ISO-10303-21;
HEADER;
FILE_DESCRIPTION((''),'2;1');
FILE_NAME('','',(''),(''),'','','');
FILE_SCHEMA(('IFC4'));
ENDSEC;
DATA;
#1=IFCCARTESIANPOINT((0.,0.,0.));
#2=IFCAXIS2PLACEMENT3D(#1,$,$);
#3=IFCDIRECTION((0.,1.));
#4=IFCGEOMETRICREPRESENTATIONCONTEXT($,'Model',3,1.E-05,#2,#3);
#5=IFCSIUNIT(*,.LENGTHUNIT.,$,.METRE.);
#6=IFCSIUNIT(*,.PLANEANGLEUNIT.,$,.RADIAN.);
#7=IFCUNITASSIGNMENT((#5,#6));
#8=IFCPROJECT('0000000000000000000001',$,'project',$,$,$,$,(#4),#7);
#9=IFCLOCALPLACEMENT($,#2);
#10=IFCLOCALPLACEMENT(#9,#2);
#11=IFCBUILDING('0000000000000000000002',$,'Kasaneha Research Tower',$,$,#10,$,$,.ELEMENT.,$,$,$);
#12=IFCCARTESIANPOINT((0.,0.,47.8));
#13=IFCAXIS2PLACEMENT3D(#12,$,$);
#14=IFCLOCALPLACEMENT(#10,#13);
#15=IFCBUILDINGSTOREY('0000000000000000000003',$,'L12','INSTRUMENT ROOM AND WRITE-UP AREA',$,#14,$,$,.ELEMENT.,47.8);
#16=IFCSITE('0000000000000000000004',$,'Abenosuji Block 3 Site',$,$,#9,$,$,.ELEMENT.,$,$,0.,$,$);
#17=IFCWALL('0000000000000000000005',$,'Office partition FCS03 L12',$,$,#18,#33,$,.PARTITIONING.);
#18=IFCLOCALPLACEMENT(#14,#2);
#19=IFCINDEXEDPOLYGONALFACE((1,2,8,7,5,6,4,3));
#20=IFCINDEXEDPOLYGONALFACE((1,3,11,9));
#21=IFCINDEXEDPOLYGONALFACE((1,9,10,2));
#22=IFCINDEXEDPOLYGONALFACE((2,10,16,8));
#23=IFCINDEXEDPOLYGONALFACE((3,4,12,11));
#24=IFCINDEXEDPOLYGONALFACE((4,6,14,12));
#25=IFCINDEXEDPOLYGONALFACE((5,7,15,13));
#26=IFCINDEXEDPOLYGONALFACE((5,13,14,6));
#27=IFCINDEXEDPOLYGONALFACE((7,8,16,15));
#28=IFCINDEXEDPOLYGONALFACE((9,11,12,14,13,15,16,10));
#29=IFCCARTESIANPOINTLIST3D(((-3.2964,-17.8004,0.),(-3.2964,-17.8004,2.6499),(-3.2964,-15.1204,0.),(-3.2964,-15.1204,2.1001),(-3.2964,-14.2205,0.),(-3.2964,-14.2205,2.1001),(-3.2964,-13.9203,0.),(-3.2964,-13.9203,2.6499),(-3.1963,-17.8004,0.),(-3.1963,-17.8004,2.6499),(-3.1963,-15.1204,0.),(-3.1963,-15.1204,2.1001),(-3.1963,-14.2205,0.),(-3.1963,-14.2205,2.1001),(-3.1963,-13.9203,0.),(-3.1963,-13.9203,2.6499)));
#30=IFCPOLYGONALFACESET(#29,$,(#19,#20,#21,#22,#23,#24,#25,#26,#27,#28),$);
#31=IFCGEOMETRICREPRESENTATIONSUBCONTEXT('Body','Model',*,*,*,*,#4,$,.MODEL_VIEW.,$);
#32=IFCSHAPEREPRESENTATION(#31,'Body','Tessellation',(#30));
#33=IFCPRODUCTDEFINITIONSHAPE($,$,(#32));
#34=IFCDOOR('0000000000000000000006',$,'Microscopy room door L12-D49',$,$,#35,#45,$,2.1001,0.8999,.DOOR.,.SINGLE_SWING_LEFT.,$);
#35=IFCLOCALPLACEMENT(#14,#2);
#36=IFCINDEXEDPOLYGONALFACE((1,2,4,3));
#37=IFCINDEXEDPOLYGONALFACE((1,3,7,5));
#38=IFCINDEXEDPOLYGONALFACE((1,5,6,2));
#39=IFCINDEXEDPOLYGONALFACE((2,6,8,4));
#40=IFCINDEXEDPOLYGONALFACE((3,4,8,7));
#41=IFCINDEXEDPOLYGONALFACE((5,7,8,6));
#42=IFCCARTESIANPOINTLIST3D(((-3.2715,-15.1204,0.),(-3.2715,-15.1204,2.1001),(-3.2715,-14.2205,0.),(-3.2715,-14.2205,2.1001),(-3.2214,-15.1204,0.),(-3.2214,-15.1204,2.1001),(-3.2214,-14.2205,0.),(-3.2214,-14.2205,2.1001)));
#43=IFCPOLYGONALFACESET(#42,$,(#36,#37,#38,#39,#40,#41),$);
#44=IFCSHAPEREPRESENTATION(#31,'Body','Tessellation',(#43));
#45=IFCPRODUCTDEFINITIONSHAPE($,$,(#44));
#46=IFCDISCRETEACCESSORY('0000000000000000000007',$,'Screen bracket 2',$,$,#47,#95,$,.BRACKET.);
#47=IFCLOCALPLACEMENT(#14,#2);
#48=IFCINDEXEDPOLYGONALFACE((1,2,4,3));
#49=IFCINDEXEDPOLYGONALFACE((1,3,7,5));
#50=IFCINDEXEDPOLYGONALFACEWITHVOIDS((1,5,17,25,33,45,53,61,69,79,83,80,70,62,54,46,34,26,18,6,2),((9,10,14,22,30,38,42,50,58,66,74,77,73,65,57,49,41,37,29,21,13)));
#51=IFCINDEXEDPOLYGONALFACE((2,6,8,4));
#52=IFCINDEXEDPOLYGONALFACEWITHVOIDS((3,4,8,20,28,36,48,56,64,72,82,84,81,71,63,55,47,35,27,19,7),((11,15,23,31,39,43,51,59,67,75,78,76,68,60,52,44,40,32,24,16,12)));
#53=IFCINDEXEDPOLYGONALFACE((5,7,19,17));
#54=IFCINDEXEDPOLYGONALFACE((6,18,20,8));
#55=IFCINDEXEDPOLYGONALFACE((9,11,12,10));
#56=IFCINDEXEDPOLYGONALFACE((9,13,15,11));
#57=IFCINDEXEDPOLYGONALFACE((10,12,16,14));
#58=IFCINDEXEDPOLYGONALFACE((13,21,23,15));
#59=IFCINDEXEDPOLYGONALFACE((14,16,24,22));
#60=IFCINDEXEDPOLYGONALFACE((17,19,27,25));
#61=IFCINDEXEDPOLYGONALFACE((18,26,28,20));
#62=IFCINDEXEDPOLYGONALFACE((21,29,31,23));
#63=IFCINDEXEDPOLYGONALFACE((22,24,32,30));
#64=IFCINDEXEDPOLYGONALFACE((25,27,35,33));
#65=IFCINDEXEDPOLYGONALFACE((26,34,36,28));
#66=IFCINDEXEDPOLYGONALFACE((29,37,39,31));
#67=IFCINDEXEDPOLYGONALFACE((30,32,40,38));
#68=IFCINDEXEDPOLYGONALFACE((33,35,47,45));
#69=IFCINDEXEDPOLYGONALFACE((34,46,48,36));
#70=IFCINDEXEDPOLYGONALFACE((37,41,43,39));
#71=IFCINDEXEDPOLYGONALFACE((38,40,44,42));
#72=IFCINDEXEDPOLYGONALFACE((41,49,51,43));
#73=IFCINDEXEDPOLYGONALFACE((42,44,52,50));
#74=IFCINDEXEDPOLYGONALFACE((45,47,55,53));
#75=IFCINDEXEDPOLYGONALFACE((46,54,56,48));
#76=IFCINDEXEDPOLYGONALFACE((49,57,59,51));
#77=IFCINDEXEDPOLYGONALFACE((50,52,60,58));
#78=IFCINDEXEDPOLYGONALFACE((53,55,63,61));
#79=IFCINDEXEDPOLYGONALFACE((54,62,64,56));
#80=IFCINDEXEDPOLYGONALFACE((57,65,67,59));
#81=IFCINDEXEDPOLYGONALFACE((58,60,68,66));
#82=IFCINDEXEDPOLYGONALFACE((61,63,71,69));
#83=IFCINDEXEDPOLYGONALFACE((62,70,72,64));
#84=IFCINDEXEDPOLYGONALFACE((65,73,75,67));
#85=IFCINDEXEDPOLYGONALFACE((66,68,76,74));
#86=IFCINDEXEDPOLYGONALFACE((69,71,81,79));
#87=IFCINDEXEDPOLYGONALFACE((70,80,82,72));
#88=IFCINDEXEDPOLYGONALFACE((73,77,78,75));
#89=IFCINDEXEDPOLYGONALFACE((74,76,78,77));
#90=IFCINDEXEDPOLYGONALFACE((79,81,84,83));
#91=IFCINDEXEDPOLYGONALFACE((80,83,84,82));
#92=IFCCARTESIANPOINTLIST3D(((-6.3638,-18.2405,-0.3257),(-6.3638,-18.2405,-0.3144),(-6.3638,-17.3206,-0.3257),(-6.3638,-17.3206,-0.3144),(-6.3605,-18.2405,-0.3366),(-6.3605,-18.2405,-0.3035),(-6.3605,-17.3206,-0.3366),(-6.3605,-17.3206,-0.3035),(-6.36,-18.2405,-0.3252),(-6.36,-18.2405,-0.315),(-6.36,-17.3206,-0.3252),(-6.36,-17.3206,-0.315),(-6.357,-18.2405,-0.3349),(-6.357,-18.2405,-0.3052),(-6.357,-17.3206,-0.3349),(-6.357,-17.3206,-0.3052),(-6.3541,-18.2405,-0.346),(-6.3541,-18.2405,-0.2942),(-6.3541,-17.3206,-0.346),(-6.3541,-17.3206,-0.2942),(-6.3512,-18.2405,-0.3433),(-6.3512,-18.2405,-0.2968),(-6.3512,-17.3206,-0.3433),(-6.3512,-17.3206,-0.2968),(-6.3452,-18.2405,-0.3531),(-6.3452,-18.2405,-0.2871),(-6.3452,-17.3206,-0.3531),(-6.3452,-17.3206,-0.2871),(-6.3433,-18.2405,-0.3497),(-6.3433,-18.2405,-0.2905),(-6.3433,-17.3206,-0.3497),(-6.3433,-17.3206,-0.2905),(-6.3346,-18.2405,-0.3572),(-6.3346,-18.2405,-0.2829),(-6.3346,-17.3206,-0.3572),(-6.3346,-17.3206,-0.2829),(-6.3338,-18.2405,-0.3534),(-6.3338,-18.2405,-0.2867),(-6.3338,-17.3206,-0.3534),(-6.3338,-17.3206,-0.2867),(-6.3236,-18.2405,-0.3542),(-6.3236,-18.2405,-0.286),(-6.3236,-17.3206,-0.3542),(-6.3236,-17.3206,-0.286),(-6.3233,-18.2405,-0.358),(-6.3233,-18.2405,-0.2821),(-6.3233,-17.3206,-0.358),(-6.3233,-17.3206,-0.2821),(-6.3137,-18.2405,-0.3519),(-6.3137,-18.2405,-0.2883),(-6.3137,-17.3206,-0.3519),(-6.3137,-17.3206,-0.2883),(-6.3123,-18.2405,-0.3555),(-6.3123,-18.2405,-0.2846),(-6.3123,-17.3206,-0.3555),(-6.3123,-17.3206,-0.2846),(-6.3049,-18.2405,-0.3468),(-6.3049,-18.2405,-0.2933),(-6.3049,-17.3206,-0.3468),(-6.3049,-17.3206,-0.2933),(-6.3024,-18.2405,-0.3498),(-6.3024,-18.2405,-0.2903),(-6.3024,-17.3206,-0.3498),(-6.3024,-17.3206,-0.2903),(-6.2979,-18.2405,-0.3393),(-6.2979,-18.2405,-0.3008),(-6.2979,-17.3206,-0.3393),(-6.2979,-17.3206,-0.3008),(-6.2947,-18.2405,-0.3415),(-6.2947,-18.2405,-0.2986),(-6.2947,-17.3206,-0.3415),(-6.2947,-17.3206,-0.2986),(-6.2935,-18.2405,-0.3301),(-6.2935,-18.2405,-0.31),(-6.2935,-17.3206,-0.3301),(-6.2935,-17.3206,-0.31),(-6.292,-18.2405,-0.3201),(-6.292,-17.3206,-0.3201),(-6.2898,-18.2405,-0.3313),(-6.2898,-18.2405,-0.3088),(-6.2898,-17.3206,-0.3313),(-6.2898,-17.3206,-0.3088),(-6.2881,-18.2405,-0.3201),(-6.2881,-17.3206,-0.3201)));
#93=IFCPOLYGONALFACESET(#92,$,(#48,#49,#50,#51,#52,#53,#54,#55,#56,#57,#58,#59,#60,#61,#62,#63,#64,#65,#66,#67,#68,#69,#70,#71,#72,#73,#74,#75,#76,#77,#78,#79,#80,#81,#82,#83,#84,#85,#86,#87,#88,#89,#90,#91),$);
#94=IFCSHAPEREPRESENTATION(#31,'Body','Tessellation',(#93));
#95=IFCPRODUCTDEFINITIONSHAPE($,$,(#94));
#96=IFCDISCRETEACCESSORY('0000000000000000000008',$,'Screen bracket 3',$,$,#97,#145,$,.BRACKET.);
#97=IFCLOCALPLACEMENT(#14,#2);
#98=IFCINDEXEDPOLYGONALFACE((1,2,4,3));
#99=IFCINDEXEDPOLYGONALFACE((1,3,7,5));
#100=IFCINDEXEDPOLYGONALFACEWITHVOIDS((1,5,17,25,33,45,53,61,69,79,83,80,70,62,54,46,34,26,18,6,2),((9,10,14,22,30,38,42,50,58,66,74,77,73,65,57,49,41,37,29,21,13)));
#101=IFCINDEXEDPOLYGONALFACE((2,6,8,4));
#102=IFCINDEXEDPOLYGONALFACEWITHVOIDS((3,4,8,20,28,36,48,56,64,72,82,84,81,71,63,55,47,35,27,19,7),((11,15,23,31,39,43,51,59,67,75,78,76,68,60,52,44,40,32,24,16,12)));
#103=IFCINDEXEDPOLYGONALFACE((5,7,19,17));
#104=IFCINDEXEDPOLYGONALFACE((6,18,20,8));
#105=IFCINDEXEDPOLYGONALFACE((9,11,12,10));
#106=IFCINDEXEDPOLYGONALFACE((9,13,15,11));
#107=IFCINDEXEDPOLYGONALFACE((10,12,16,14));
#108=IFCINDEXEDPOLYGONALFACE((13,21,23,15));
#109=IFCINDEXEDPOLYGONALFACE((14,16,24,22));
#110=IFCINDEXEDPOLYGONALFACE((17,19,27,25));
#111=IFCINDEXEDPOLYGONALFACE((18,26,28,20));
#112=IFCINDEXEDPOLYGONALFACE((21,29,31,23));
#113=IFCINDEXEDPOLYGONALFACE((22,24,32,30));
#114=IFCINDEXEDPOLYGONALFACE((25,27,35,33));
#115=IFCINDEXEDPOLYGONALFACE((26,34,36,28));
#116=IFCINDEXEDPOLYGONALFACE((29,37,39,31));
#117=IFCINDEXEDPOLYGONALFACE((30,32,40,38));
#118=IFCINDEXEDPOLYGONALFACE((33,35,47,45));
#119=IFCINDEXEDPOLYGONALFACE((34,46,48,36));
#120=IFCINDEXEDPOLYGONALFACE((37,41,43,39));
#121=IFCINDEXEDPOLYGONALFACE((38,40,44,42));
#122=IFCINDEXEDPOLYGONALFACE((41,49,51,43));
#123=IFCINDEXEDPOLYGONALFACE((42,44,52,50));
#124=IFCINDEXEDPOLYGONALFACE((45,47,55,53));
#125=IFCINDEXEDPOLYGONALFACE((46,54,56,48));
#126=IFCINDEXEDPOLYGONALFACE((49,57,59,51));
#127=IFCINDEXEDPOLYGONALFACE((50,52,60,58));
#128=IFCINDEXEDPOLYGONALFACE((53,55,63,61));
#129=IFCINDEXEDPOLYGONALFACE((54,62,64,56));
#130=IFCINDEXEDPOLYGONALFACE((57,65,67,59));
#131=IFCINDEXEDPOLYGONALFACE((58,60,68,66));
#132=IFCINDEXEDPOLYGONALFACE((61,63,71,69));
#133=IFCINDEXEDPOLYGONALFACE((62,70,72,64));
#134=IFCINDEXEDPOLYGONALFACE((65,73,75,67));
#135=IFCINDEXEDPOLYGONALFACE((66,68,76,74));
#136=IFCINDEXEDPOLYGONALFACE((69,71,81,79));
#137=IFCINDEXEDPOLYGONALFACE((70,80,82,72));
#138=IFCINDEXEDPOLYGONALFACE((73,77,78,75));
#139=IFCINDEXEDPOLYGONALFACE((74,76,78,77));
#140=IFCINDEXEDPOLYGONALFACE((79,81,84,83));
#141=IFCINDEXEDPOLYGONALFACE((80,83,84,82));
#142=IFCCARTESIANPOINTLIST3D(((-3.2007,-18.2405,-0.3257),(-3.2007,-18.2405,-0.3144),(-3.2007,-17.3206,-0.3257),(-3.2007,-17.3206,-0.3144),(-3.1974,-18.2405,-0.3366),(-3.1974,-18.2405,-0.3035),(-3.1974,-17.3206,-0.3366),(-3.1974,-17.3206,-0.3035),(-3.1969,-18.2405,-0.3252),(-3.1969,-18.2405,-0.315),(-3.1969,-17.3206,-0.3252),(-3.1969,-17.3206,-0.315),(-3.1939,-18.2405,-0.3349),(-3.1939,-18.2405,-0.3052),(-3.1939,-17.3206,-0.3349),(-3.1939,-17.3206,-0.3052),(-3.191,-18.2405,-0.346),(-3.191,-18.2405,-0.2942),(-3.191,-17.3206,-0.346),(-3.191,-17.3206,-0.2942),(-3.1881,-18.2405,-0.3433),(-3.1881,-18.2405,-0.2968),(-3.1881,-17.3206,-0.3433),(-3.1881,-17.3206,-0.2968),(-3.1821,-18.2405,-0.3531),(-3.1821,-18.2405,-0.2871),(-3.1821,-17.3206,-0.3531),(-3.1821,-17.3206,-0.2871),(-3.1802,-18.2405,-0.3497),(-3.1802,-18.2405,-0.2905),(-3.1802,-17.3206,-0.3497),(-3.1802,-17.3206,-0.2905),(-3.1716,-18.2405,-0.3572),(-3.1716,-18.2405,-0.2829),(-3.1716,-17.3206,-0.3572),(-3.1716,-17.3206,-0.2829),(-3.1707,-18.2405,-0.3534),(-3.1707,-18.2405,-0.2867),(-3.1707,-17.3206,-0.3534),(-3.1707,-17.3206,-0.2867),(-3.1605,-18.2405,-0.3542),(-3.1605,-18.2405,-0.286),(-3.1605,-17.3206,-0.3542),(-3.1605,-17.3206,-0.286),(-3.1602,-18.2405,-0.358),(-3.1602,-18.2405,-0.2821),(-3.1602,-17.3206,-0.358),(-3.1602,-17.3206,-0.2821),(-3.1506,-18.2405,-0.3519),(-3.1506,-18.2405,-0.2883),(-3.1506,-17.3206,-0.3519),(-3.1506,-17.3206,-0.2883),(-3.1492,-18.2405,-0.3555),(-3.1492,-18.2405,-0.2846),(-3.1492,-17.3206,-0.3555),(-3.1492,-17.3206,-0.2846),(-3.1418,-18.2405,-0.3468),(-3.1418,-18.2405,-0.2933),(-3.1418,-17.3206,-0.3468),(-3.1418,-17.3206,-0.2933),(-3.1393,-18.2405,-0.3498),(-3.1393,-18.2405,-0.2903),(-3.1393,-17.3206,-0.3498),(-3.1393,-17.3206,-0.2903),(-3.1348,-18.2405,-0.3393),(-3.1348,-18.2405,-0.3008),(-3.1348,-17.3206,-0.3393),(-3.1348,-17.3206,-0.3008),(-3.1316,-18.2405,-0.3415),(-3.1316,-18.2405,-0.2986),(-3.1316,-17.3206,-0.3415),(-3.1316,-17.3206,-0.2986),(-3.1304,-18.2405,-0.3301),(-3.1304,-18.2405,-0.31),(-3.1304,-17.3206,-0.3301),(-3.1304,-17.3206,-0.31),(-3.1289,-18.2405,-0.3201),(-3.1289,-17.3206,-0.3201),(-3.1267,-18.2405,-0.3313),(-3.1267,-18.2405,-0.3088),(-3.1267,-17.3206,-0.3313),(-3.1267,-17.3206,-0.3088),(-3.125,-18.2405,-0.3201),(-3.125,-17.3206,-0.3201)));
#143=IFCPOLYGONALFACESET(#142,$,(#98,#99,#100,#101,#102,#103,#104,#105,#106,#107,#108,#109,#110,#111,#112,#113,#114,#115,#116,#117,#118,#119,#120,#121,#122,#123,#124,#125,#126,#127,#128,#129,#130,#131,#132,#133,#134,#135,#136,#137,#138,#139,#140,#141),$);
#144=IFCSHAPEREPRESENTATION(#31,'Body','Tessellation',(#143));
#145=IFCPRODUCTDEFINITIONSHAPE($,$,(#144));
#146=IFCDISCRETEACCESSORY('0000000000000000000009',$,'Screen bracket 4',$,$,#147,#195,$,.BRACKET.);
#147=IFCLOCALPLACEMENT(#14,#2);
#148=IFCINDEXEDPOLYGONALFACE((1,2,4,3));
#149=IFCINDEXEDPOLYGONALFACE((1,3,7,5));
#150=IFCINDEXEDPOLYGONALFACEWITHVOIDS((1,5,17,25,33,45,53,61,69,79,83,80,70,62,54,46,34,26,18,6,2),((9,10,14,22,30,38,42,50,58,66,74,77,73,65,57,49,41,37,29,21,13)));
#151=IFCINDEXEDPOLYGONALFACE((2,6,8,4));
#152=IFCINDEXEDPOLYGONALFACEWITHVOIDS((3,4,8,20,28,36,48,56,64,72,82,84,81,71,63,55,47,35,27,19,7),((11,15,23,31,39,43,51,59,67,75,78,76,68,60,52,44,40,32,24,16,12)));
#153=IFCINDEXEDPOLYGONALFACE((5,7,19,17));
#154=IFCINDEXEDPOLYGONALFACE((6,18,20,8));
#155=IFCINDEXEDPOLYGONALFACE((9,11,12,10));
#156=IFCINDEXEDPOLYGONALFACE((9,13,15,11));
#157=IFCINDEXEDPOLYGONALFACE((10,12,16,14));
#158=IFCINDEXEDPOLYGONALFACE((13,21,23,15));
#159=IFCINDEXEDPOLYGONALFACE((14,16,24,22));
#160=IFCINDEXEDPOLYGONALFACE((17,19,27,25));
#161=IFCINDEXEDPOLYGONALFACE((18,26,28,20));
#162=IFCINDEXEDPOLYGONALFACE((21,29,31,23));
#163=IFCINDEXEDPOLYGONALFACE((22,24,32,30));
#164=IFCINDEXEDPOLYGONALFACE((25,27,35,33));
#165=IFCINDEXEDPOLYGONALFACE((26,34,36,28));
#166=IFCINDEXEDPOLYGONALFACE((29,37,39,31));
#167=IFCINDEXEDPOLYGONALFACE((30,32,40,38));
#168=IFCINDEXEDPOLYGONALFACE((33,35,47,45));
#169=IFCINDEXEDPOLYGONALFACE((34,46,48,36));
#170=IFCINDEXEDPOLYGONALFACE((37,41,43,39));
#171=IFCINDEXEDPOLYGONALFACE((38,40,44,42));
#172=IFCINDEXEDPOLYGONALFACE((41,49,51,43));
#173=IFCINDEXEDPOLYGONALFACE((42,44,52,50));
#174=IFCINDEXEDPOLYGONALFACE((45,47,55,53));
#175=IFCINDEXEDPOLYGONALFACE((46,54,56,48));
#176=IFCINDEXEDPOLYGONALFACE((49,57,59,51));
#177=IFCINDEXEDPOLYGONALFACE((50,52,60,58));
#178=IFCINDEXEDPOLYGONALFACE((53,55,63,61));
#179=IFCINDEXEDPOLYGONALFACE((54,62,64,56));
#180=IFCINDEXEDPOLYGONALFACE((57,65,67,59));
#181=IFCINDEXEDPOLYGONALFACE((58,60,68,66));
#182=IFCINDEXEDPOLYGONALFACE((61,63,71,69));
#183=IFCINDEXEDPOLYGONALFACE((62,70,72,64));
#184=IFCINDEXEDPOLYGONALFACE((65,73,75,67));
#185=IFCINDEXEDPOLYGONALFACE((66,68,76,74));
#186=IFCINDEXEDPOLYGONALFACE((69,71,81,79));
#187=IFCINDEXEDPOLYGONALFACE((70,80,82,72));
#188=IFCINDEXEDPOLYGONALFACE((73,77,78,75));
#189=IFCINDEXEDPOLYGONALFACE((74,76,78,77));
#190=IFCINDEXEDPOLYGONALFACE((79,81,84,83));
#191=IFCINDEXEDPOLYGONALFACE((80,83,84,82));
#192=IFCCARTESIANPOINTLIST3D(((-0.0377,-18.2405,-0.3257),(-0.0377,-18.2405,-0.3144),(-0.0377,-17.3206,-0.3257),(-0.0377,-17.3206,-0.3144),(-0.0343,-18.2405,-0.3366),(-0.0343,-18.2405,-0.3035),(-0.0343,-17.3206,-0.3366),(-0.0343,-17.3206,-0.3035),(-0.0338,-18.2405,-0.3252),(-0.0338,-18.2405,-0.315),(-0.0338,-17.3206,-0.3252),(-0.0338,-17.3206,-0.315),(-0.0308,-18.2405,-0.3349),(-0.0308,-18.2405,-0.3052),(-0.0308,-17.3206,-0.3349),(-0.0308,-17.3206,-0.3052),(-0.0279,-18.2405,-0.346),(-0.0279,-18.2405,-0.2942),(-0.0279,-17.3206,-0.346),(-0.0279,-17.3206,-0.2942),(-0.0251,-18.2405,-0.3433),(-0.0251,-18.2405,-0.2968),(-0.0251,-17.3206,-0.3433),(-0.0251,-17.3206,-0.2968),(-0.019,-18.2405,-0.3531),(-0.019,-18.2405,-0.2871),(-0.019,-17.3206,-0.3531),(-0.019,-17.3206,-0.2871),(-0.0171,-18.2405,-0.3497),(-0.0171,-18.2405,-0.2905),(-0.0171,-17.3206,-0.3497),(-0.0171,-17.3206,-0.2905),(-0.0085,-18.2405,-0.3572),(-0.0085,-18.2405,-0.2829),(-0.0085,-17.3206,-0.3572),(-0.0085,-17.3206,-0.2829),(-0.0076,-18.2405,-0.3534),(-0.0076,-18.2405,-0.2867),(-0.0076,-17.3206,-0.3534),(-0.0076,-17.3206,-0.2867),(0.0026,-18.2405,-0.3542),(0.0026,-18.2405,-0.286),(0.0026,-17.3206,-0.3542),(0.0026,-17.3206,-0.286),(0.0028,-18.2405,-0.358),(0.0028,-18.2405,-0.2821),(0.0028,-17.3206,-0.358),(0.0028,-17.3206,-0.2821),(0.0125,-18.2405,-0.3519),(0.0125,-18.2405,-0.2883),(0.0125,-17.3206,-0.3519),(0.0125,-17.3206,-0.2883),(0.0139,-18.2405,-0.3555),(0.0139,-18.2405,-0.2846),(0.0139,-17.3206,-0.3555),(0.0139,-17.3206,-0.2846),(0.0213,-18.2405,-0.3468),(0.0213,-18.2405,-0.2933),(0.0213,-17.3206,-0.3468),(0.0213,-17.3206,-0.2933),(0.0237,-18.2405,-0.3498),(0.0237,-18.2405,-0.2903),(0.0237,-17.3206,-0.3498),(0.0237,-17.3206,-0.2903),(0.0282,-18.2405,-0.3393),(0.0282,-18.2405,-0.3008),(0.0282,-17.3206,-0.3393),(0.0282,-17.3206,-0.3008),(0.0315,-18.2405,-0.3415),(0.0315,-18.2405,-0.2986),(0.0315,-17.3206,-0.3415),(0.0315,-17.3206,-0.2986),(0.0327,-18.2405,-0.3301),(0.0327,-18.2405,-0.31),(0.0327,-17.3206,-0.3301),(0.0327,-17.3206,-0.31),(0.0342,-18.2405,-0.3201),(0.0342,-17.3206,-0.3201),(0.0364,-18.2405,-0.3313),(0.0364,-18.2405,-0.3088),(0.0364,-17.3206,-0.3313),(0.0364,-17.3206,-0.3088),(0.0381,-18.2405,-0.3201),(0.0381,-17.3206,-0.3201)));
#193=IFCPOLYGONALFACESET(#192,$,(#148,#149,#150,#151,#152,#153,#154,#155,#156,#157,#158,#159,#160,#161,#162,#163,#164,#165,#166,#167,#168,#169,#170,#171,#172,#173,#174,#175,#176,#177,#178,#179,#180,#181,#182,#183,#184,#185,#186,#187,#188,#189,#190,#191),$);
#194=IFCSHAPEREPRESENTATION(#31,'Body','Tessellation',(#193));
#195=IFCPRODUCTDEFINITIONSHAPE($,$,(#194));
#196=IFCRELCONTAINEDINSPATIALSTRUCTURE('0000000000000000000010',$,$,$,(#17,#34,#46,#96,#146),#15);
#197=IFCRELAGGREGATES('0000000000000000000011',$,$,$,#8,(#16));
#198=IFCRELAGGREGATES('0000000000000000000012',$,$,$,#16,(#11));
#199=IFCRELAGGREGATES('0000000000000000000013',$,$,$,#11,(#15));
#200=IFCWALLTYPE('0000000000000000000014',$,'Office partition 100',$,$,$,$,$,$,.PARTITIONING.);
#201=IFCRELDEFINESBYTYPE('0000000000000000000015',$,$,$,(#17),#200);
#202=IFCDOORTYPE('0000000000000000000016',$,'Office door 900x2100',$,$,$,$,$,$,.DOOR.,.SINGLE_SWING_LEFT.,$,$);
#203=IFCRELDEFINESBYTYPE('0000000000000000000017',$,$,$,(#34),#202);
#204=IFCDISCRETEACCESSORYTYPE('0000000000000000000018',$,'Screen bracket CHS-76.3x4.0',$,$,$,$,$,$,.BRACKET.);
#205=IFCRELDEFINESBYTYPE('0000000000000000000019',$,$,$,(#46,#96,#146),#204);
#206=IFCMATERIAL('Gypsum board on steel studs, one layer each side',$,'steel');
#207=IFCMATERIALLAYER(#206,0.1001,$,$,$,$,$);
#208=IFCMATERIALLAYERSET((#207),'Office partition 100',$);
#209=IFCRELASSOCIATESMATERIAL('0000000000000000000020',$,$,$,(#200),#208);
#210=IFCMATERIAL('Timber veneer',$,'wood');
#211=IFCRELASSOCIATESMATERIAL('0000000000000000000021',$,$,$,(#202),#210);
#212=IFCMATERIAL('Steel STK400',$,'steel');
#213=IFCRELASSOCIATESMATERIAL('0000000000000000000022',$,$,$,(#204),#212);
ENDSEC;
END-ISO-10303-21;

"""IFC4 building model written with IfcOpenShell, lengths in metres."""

from ifc_helpers import new_model, si_unit, direction, frame, frame_2d, origin, origin_2d, place, context, subcontext, project, spatial, rectangle, hollow_circle, extrude, material, layer, layer_set, material_profile, profile_set, type_object, element, fill, save


model = new_model("IFC4")

# Units and contexts
model_context = context("Model", 3, precision=1e-05, world=origin(), true_north=direction((0.0, 1.0)))
body_context = subcontext(model_context, "Body", "Model", "MODEL_VIEW")
ifc_project = project(units=[si_unit("LENGTHUNIT", "METRE"), si_unit("PLANEANGLEUNIT", "RADIAN")], contexts=[model_context])

# Site, building, storey
site_placement = place(None, origin())
site = spatial("IfcSite", under=ifc_project, at=site_placement, Name="Abenosuji Block 3 Site", CompositionType="ELEMENT", RefElevation=0.0)
building_placement = place(site_placement, origin())
building = spatial("IfcBuilding", under=site, at=building_placement, Name="Kasaneha Research Tower", CompositionType="ELEMENT")
storey_placement = place(building_placement, frame((0.0, 0.0, 47.8)))
storey = spatial("IfcBuildingStorey", under=building, at=storey_placement, Name="L12", Description="INSTRUMENT ROOM AND WRITE-UP AREA", CompositionType="ELEMENT", Elevation=47.8)

# Shared definitions
ifc_material_1 = material(Name="Gypsum board on steel studs, one layer each side", Category="steel")
ifc_layer_1 = layer(ifc_material_1, 0.1001)
ifc_layer_set_1 = layer_set([ifc_layer_1], Name="Office partition 100")
wall_type_1 = type_object("IfcWallType", Name="Office partition 100", PredefinedType="PARTITIONING", material=ifc_layer_set_1)

# Wall, opening, door
wall_1_placement = place(storey_placement, frame((-3.2463, -13.9204, 0.0), z_axis=(0.0, 0.0, 1.0), x_axis=(0.0, -1.0, 0.0)))
wall_1 = element("IfcWall", 1, at=wall_1_placement, inside=storey, type_object=wall_type_1, Name="Office partition FCS03 L12", PredefinedType="PARTITIONING", context=body_context, shape_type="SweptSolid", body=[
    extrude(rectangle(XDim=3.8801, YDim=0.1001, at=frame_2d((1.9399, 0.0))), origin(), (0.0, 0.0, 1.0), 2.6499),
])
opening_1_placement = place(wall_1_placement, frame((0.3, 0.0, 0.0)))
opening_1 = element("IfcOpeningElement", 2, at=opening_1_placement, cuts=wall_1, PredefinedType="OPENING", context=body_context, shape_type="SweptSolid", body=[
    extrude(rectangle(XDim=0.8999, YDim=2.1001, at=frame_2d((0.45, 1.05))), frame((0.0, 0.0601, 0.0), z_axis=(0.0, -1.0, 0.0), x_axis=(1.0, 0.0, 0.0)), (0.0, 0.0, 1.0), 0.1201),
])
ifc_material_2 = material(Name="Timber veneer", Category="wood")
door_type_1 = type_object("IfcDoorType", Name="Office door 900x2100", OperationType="SINGLE_SWING_LEFT", PredefinedType="DOOR", material=ifc_material_2)
door_1_placement = place(opening_1_placement, origin())
door_1 = element("IfcDoor", 3, at=door_1_placement, inside=storey, type_object=door_type_1, Name="Microscopy room door L12-D49", OperationType="SINGLE_SWING_LEFT", OverallHeight=2.1001, OverallWidth=0.8999, PredefinedType="DOOR", context=body_context, shape_type="SweptSolid", body=[
    extrude(rectangle(XDim=0.8999, YDim=2.1001, at=frame_2d((0.45, 1.05))), frame((0.0, 0.0249, 0.0), z_axis=(0.0, -1.0, 0.0), x_axis=(1.0, 0.0, 0.0)), (0.0, 0.0, 1.0), 0.05),
])
fill(opening_1, door_1)

# Discrete accessories
ifc_material_3 = material(Name="Steel STK400", Category="steel")
ifc_material_profile_1 = material_profile(ifc_material_3, hollow_circle(Radius=0.0381, WallThickness=0.0039, at=origin_2d()), Name="CHS-76.3x4.0")
ifc_profile_set_1 = profile_set([ifc_material_profile_1], Name="Steel STK400")
discrete_accessory_type = type_object("IfcDiscreteAccessoryType", Name="Screen bracket CHS-76.3x4.0", PredefinedType="BRACKET", material=ifc_profile_set_1)
for number, where, z_axis, x_axis, name in (
    (4, (-6.3262, -17.3206, -0.3201), (0.0, -1.0, 0.0), (1.0, 0.0, 0.0), "Screen bracket 2"),
    (5, (-3.1631, -17.3206, -0.3201), (0.0, -1.0, 0.0), (1.0, 0.0, 0.0), "Screen bracket 3"),
    (6, (0.0, -17.3206, -0.3201), (0.0, -1.0, 0.0), (1.0, 0.0, 0.0), "Screen bracket 4"),
):
    element("IfcDiscreteAccessory", number, at=place(storey_placement, frame(where, z_axis=z_axis, x_axis=x_axis)), inside=storey, type_object=discrete_accessory_type, Name=name, PredefinedType="BRACKET", context=body_context, shape_type="SweptSolid", body=[
        extrude(hollow_circle(Radius=0.0381, WallThickness=0.0039, at=origin_2d()), origin(), (0.0, 0.0, 1.0), 0.9199),
    ])

save(model, "model.ifc")
